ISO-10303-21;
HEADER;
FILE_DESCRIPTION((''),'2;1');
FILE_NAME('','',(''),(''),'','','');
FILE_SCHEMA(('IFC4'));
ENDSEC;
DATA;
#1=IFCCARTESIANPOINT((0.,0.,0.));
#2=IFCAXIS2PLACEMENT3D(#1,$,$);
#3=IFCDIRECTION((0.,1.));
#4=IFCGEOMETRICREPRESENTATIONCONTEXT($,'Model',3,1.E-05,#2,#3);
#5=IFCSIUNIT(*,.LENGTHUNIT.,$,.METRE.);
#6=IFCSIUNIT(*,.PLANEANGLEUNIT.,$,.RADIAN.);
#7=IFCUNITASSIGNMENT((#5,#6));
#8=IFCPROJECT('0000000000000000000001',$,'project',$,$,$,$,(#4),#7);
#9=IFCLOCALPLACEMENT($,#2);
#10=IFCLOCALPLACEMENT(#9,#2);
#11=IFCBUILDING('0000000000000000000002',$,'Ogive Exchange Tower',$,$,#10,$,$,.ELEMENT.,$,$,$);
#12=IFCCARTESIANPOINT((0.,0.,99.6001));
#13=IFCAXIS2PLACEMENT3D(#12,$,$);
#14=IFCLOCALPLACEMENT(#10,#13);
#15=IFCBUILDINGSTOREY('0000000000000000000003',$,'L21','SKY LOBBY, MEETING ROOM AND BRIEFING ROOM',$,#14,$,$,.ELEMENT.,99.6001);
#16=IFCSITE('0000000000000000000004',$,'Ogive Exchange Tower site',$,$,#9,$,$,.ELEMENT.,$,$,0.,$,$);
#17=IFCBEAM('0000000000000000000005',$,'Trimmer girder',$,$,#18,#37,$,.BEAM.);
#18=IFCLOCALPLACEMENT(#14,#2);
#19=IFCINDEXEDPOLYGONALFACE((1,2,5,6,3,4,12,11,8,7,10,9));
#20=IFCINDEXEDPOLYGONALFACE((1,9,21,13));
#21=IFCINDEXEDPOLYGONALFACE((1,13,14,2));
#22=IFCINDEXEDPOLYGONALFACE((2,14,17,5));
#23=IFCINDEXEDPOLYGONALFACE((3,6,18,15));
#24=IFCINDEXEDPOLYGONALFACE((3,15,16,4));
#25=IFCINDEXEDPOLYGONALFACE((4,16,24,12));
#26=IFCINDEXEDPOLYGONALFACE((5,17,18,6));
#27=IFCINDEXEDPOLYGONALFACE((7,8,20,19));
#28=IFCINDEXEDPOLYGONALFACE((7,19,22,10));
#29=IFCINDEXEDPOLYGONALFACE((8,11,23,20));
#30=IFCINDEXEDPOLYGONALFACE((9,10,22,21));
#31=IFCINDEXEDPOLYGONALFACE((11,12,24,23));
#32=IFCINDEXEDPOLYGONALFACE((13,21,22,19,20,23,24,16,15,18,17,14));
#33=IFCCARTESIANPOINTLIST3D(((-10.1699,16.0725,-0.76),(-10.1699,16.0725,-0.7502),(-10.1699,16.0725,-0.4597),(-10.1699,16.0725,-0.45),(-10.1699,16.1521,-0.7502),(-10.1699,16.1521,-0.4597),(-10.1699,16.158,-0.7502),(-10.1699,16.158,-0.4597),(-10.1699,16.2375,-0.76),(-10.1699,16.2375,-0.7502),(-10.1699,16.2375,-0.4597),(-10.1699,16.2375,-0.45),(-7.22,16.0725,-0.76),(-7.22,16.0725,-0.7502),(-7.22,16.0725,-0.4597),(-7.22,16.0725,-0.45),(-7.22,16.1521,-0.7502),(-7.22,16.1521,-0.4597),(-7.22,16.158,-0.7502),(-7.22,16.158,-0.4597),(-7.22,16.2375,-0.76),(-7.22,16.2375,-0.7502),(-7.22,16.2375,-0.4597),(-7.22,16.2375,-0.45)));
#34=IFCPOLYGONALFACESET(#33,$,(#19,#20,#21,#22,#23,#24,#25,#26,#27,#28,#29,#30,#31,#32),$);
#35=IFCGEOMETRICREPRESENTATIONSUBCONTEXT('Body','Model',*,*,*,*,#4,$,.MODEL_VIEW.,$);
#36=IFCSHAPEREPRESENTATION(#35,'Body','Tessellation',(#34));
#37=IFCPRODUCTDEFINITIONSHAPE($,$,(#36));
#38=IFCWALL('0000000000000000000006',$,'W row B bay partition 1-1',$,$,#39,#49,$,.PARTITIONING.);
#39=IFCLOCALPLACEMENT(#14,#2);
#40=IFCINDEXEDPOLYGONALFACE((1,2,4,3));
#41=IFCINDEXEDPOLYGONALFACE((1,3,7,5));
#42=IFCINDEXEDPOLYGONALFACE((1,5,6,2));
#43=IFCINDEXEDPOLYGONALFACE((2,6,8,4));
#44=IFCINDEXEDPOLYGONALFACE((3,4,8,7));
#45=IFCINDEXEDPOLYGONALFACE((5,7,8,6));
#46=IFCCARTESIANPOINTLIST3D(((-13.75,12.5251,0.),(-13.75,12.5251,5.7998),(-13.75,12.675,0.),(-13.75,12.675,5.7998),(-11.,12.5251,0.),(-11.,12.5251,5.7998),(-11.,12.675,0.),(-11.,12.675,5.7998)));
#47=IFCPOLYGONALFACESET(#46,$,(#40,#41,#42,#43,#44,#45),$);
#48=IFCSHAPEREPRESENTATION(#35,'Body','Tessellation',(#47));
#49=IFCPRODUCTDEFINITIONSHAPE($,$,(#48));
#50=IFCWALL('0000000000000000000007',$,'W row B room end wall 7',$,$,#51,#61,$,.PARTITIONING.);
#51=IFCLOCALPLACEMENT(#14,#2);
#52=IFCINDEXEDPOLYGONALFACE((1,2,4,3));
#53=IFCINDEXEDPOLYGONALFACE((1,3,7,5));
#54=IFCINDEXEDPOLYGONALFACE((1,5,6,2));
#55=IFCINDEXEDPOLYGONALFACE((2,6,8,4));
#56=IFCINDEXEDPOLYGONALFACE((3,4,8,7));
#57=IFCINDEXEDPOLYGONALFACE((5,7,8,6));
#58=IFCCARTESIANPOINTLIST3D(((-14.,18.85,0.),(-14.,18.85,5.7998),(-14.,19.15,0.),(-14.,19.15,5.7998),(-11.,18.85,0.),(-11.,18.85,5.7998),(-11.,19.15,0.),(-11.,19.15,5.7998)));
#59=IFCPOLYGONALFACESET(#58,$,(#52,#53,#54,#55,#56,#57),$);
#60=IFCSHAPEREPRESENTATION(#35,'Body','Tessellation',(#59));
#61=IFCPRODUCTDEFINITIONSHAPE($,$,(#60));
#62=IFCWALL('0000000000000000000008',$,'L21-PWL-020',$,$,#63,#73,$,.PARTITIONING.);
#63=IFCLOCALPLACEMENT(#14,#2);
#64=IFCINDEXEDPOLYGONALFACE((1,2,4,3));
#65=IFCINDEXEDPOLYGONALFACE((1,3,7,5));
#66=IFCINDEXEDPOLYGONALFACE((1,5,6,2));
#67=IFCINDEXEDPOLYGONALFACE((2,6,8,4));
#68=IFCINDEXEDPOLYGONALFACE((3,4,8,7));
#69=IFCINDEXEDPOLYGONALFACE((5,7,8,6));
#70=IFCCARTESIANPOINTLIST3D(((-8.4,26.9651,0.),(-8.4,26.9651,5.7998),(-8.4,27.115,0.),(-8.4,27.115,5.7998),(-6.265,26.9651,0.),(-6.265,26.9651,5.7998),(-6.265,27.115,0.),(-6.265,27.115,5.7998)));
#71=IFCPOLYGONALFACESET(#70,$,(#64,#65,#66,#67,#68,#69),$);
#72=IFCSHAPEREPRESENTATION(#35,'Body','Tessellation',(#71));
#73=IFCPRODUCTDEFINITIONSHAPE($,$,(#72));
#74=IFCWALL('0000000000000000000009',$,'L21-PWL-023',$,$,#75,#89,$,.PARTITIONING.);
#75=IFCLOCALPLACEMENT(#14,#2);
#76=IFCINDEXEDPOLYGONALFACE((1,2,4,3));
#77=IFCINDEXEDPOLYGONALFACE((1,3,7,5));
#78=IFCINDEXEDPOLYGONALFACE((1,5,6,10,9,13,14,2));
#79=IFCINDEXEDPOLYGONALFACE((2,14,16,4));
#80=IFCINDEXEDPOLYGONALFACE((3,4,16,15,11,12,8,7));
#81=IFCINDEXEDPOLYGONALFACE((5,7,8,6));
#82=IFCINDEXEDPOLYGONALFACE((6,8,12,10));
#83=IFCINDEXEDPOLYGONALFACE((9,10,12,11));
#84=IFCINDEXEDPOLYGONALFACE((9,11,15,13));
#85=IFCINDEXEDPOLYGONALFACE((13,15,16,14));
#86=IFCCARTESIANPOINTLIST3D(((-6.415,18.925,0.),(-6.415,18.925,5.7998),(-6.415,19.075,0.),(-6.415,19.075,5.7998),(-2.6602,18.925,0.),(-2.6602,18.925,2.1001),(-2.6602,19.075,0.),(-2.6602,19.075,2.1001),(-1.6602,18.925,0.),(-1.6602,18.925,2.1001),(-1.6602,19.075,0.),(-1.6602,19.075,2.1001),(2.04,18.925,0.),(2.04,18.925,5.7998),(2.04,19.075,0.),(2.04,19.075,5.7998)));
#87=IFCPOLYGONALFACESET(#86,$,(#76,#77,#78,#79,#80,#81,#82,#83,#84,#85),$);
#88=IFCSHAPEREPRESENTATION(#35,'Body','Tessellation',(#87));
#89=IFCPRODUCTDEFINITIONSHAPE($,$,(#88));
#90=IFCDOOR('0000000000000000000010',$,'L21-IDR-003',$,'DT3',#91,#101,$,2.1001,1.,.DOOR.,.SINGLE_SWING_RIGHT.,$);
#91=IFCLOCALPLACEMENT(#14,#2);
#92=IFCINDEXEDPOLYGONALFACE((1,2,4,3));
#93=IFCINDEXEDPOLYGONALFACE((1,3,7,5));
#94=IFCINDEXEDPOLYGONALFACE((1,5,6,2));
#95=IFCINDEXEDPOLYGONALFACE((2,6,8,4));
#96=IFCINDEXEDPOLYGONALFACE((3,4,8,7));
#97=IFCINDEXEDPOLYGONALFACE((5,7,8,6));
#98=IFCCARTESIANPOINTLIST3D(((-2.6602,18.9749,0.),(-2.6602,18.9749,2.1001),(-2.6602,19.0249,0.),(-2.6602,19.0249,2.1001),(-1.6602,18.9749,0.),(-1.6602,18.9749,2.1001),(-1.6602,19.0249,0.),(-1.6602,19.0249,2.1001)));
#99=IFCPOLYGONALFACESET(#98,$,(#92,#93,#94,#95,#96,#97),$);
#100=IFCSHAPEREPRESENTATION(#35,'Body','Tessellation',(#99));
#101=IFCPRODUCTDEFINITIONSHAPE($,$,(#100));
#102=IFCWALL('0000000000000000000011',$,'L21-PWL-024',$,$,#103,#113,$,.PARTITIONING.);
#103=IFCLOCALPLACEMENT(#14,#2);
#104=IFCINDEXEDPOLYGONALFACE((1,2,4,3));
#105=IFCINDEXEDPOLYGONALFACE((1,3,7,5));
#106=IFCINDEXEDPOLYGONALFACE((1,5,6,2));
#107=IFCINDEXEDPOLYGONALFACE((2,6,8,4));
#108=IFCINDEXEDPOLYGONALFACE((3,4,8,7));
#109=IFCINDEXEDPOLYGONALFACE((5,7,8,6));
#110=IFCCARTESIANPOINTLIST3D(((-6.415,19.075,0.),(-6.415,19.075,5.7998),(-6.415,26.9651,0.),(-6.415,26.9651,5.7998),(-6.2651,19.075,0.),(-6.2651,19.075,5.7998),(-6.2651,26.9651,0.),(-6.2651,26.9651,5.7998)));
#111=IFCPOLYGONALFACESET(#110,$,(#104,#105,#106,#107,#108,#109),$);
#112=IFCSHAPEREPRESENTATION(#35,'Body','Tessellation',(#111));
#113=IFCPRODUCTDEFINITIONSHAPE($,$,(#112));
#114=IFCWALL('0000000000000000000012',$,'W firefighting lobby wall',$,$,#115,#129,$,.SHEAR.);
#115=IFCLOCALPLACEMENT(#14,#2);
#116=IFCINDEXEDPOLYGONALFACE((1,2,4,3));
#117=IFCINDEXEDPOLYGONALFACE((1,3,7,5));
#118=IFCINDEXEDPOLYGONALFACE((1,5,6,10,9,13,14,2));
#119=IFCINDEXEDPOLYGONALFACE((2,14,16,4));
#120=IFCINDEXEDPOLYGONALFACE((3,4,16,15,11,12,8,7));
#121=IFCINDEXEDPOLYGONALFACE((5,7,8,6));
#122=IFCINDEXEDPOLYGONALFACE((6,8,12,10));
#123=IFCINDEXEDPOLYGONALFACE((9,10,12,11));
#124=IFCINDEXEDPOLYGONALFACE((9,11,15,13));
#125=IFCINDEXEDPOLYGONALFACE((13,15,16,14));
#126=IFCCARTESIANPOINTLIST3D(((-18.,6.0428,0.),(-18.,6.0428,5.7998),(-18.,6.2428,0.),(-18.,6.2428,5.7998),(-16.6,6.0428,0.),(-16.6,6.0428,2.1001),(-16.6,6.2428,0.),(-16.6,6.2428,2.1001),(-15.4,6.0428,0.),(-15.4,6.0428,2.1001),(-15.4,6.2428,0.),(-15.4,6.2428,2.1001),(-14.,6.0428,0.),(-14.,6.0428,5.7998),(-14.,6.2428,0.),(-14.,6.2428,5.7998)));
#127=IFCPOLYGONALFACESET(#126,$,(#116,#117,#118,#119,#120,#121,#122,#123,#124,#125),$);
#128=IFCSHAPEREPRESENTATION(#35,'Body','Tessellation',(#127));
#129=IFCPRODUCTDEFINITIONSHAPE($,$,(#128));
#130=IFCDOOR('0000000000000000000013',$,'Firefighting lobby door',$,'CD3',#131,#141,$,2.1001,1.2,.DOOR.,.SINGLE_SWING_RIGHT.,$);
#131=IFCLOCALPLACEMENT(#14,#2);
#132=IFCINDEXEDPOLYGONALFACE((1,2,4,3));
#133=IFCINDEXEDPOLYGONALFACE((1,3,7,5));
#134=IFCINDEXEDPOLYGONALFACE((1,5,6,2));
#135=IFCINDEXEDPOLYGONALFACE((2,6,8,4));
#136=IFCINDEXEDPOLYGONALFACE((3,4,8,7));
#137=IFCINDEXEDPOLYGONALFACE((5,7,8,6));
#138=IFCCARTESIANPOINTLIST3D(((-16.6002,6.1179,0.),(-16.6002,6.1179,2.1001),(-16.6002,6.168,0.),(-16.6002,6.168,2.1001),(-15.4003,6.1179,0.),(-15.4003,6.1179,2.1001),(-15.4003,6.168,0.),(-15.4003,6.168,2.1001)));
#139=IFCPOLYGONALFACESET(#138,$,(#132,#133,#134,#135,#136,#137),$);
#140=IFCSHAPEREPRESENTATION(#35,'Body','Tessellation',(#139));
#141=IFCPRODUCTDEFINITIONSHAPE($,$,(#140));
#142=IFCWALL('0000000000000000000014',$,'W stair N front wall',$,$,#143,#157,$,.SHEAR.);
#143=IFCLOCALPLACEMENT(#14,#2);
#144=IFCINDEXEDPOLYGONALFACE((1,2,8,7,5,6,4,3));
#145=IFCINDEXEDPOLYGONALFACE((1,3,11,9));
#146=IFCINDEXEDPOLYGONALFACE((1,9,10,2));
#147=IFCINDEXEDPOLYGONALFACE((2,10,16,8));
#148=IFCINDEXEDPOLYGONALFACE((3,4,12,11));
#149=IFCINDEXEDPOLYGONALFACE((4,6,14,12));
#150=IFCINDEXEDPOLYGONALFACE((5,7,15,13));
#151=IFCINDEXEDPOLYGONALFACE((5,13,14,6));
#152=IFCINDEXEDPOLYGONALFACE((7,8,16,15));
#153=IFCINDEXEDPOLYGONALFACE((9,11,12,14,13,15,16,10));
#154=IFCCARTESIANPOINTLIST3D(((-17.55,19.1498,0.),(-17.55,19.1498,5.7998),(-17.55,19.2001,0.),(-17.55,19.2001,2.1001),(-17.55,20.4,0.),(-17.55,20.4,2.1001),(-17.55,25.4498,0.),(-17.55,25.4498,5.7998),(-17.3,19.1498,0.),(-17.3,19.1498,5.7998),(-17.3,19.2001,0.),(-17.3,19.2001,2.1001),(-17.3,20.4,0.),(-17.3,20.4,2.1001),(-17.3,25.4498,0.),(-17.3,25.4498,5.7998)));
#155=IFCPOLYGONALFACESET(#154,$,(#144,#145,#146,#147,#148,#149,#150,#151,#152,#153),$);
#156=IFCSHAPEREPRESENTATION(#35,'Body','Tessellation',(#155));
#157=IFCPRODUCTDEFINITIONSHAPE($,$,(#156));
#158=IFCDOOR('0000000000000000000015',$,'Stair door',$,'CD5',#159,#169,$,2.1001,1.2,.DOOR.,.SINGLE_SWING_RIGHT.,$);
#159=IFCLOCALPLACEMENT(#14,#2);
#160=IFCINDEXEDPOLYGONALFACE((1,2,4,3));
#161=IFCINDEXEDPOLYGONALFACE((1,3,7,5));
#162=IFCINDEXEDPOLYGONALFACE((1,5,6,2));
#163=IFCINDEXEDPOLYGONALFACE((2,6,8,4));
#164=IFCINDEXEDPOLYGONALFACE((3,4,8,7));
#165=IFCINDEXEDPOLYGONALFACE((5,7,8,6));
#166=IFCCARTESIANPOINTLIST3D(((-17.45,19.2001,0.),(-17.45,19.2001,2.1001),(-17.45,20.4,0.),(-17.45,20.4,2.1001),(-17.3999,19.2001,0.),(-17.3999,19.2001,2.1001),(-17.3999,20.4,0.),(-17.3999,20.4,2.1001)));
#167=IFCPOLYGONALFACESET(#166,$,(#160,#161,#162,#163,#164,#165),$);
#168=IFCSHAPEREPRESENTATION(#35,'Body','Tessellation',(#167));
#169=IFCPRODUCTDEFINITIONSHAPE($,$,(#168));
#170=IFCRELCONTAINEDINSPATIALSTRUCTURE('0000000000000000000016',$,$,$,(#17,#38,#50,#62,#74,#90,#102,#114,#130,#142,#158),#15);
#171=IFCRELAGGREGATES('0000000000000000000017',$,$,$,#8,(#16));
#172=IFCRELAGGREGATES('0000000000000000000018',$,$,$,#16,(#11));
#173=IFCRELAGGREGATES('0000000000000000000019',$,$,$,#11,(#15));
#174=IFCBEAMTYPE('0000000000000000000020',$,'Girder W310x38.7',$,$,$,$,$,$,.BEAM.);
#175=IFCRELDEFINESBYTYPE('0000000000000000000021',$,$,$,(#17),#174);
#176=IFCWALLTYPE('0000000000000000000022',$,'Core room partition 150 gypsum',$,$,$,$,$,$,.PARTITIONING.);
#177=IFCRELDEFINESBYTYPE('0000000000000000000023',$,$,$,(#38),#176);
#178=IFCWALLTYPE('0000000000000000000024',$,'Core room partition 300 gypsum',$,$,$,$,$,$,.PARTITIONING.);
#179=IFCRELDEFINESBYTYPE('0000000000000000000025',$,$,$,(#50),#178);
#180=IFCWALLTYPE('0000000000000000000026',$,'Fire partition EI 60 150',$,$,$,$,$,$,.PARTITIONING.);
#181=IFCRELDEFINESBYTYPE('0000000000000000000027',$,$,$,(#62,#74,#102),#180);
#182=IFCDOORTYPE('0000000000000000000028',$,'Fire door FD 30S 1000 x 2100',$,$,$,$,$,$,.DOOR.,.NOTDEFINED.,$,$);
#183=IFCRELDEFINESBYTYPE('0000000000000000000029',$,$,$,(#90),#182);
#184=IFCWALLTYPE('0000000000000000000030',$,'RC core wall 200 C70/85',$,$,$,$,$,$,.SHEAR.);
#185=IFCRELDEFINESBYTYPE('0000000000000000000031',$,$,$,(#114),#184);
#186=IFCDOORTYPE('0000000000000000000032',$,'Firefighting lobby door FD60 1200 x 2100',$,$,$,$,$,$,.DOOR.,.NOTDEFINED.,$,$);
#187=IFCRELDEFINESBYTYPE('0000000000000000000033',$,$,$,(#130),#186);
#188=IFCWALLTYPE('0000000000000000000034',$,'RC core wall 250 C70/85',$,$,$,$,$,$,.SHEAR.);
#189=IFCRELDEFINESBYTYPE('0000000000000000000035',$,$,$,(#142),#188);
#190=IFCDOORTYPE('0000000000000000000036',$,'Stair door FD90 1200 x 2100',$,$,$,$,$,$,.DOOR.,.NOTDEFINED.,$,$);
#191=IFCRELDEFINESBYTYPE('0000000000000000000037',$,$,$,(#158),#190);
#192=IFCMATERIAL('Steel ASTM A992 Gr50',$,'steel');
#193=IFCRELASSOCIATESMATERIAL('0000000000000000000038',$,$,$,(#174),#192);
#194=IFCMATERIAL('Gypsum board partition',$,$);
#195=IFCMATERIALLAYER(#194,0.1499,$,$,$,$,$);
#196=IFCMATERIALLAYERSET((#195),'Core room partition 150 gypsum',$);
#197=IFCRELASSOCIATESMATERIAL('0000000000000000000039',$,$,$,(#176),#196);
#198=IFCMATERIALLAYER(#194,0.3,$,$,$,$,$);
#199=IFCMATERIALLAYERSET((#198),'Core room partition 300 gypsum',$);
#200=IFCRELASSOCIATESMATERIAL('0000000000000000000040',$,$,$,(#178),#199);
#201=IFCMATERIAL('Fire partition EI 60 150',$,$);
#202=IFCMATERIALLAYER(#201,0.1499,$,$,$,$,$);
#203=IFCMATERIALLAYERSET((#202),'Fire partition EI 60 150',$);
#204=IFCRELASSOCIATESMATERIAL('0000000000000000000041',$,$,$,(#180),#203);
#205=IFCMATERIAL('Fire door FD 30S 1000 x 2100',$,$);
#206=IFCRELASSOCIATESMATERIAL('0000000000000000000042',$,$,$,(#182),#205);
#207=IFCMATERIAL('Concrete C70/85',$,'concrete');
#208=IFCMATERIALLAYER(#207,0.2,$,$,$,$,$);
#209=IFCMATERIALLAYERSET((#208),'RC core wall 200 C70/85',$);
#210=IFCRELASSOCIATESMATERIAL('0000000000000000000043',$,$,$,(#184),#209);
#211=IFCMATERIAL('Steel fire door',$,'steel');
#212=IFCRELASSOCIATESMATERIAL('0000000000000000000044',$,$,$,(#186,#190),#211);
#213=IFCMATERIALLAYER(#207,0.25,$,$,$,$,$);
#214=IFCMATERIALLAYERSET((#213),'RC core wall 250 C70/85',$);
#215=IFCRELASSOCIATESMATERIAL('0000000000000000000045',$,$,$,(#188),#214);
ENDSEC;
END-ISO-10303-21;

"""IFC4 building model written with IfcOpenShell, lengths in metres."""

from ifc_helpers import new_model, si_unit, direction, frame, frame_2d, origin, origin_2d, place, context, subcontext, project, spatial, rectangle, i_section, extrude, material, layer, layer_set, material_profile, profile_set, type_object, element, fill, save


model = new_model("IFC4")

# Units and contexts
model_context = context("Model", 3, precision=1e-05, world=origin(), true_north=direction((0.0, 1.0)))
body_context = subcontext(model_context, "Body", "Model", "MODEL_VIEW")
ifc_project = project(units=[si_unit("LENGTHUNIT", "METRE"), si_unit("PLANEANGLEUNIT", "RADIAN")], contexts=[model_context])

# Site, building, storey
site_placement = place(None, origin())
site = spatial("IfcSite", under=ifc_project, at=site_placement, Name="Ogive Exchange Tower site", CompositionType="ELEMENT", RefElevation=0.0)
building_placement = place(site_placement, origin())
building = spatial("IfcBuilding", under=site, at=building_placement, Name="Ogive Exchange Tower", CompositionType="ELEMENT")
storey_placement = place(building_placement, frame((0.0, 0.0, 99.6001)))
storey = spatial("IfcBuildingStorey", under=building, at=storey_placement, Name="L21", Description="SKY LOBBY, MEETING ROOM AND BRIEFING ROOM", CompositionType="ELEMENT", Elevation=99.6001)

# Beam
ifc_material_1 = material(Name="Steel ASTM A992 Gr50", Category="steel")
ifc_material_profile_1 = material_profile(ifc_material_1, i_section(OverallWidth=0.165, OverallDepth=0.3101, WebThickness=0.0059, FlangeThickness=0.0098, at=origin_2d()), Name="W310x38.7")
ifc_profile_set_1 = profile_set([ifc_material_profile_1], Name="Steel ASTM A992 Gr50")
beam_type_1 = type_object("IfcBeamType", Name="Girder W310x38.7", PredefinedType="BEAM", material=ifc_profile_set_1)
beam_1_placement = place(storey_placement, frame((-10.1699, 16.155, -0.605), z_axis=(1.0, 0.0, 0.0), x_axis=(0.0, 1.0, 0.0)))
element("IfcBeam", 1, at=beam_1_placement, inside=storey, type_object=beam_type_1, Name="Trimmer girder", PredefinedType="BEAM", context=body_context, shape_type="SweptSolid", body=[
    extrude(i_section(OverallWidth=0.165, OverallDepth=0.3101, WebThickness=0.0059, FlangeThickness=0.0098, at=origin_2d()), origin(), (0.0, 0.0, 1.0), 2.95),
])

# Walls
ifc_material_2 = material(Name="Gypsum board partition")
ifc_layer_1 = layer(ifc_material_2, 0.1499)
ifc_layer_set_1 = layer_set([ifc_layer_1], Name="Core room partition 150 gypsum")
wall_type_1 = type_object("IfcWallType", Name="Core room partition 150 gypsum", PredefinedType="PARTITIONING", material=ifc_layer_set_1)
wall_1_placement = place(storey_placement, frame((-13.75, 12.6001, 0.0), z_axis=(0.0, 0.0, 1.0), x_axis=(1.0, 0.0, 0.0)))
element("IfcWall", 2, at=wall_1_placement, inside=storey, type_object=wall_type_1, Name="W row B bay partition 1-1", PredefinedType="PARTITIONING", context=body_context, shape_type="SweptSolid", body=[
    extrude(rectangle(XDim=2.75, YDim=0.1499, at=frame_2d((1.375, 0.0))), origin(), (0.0, 0.0, 1.0), 5.7998),
])
ifc_layer_2 = layer(ifc_material_2, 0.3)
ifc_layer_set_2 = layer_set([ifc_layer_2], Name="Core room partition 300 gypsum")
wall_type_2 = type_object("IfcWallType", Name="Core room partition 300 gypsum", PredefinedType="PARTITIONING", material=ifc_layer_set_2)
wall_2_placement = place(storey_placement, frame((-14.0, 19.0, 0.0), z_axis=(0.0, 0.0, 1.0), x_axis=(1.0, 0.0, 0.0)))
element("IfcWall", 3, at=wall_2_placement, inside=storey, type_object=wall_type_2, Name="W row B room end wall 7", PredefinedType="PARTITIONING", context=body_context, shape_type="SweptSolid", body=[
    extrude(rectangle(XDim=3.0, YDim=0.3, at=frame_2d((1.5, 0.0))), origin(), (0.0, 0.0, 1.0), 5.7998),
])
ifc_material_3 = material(Name="Fire partition EI 60 150")
ifc_layer_3 = layer(ifc_material_3, 0.1499)
ifc_layer_set_3 = layer_set([ifc_layer_3], Name="Fire partition EI 60 150")
wall_type_3 = type_object("IfcWallType", Name="Fire partition EI 60 150", PredefinedType="PARTITIONING", material=ifc_layer_set_3)
wall_3_placement = place(storey_placement, frame((-8.3999, 27.04, 0.0), z_axis=(0.0, 0.0, 1.0), x_axis=(1.0, 0.0, 0.0)))
element("IfcWall", 4, at=wall_3_placement, inside=storey, type_object=wall_type_3, Name="L21-PWL-020", PredefinedType="PARTITIONING", context=body_context, shape_type="SweptSolid", body=[
    extrude(rectangle(XDim=2.135, YDim=0.1499, at=frame_2d((1.0674, 0.0))), origin(), (0.0, 0.0, 1.0), 5.7998),
])

# Wall, opening, door
wall_4_placement = place(storey_placement, frame((-6.415, 19.0, 0.0), z_axis=(0.0, 0.0, 1.0), x_axis=(1.0, 0.0, 0.0)))
wall_4 = element("IfcWall", 5, at=wall_4_placement, inside=storey, type_object=wall_type_3, Name="L21-PWL-023", PredefinedType="PARTITIONING", context=body_context, shape_type="SweptSolid", body=[
    extrude(rectangle(XDim=8.4551, YDim=0.1499, at=frame_2d((4.2275, 0.0))), origin(), (0.0, 0.0, 1.0), 5.7998),
])
opening_1_placement = place(wall_4_placement, frame((3.7549, 0.0, 0.0)))
opening_1 = element("IfcOpeningElement", 6, at=opening_1_placement, cuts=wall_4, PredefinedType="OPENING", context=body_context, shape_type="SweptSolid", body=[
    extrude(rectangle(XDim=1.0, YDim=2.1001, at=frame_2d((0.5, 1.05))), frame((0.0, 0.085, 0.0), z_axis=(0.0, -1.0, 0.0), x_axis=(1.0, 0.0, 0.0)), (0.0, 0.0, 1.0), 0.1699),
])
ifc_material_4 = material(Name="Fire door FD 30S 1000 x 2100")
door_type_1 = type_object("IfcDoorType", Name="Fire door FD 30S 1000 x 2100", OperationType="NOTDEFINED", PredefinedType="DOOR", material=ifc_material_4)
door_1_placement = place(opening_1_placement, origin())
door_1 = element("IfcDoor", 7, at=door_1_placement, inside=storey, type_object=door_type_1, Name="L21-IDR-003", ObjectType="DT3", OperationType="SINGLE_SWING_RIGHT", OverallHeight=2.1001, OverallWidth=1.0, PredefinedType="DOOR", context=body_context, shape_type="SweptSolid", body=[
    extrude(rectangle(XDim=1.0, YDim=2.1001, at=frame_2d((0.5, 1.05))), frame((0.0, 0.0249, 0.0), z_axis=(0.0, -1.0, 0.0), x_axis=(1.0, 0.0, 0.0)), (0.0, 0.0, 1.0), 0.05),
])
fill(opening_1, door_1)

# Wall
wall_5_placement = place(storey_placement, frame((-6.3401, 26.9651, 0.0), z_axis=(0.0, 0.0, 1.0), x_axis=(0.0, -1.0, 0.0)))
element("IfcWall", 8, at=wall_5_placement, inside=storey, type_object=wall_type_3, Name="L21-PWL-024", PredefinedType="PARTITIONING", context=body_context, shape_type="SweptSolid", body=[
    extrude(rectangle(XDim=7.8901, YDim=0.1499, at=frame_2d((3.9451, 0.0))), origin(), (0.0, 0.0, 1.0), 5.7998),
])

# Walls, openings, doors
ifc_material_5 = material(Name="Concrete C70/85", Category="concrete")
ifc_layer_4 = layer(ifc_material_5, 0.2)
ifc_layer_set_4 = layer_set([ifc_layer_4], Name="RC core wall 200 C70/85")
wall_type_4 = type_object("IfcWallType", Name="RC core wall 200 C70/85", PredefinedType="SHEAR", material=ifc_layer_set_4)
wall_6_placement = place(storey_placement, frame((-18.0, 6.1428, 0.0), z_axis=(0.0, 0.0, 1.0), x_axis=(1.0, 0.0, 0.0)))
wall_6 = element("IfcWall", 9, at=wall_6_placement, inside=storey, type_object=wall_type_4, Name="W firefighting lobby wall", PredefinedType="SHEAR", context=body_context, shape_type="SweptSolid", body=[
    extrude(rectangle(XDim=4.0, YDim=0.2, at=frame_2d((2.0, 0.0))), origin(), (0.0, 0.0, 1.0), 5.7998),
])
opening_2_placement = place(wall_6_placement, frame((1.3999, 0.0, 0.0)))
opening_2 = element("IfcOpeningElement", 10, at=opening_2_placement, cuts=wall_6, PredefinedType="OPENING", context=body_context, shape_type="SweptSolid", body=[
    extrude(rectangle(XDim=1.2, YDim=2.1001, at=frame_2d((0.6001, 1.05))), frame((0.0, 0.1099, 0.0), z_axis=(0.0, -1.0, 0.0), x_axis=(1.0, 0.0, 0.0)), (0.0, 0.0, 1.0), 0.22),
])
ifc_material_6 = material(Name="Steel fire door", Category="steel")
door_type_2 = type_object("IfcDoorType", Name="Firefighting lobby door FD60 1200 x 2100", OperationType="NOTDEFINED", PredefinedType="DOOR", material=ifc_material_6)
door_2_placement = place(opening_2_placement, frame((1.2, 0.0, 0.0), z_axis=(0.0, 0.0, 1.0), x_axis=(-1.0, 0.0, 0.0)))
door_2 = element("IfcDoor", 11, at=door_2_placement, inside=storey, type_object=door_type_2, Name="Firefighting lobby door", ObjectType="CD3", OperationType="SINGLE_SWING_RIGHT", OverallHeight=2.1001, OverallWidth=1.2, PredefinedType="DOOR", context=body_context, shape_type="SweptSolid", body=[
    extrude(rectangle(XDim=1.2, YDim=2.1001, at=frame_2d((0.6001, 1.05))), frame((0.0, 0.0249, 0.0), z_axis=(0.0, -1.0, 0.0), x_axis=(1.0, 0.0, 0.0)), (0.0, 0.0, 1.0), 0.05),
])
fill(opening_2, door_2)
ifc_layer_5 = layer(ifc_material_5, 0.25)
ifc_layer_set_5 = layer_set([ifc_layer_5], Name="RC core wall 250 C70/85")
wall_type_5 = type_object("IfcWallType", Name="RC core wall 250 C70/85", PredefinedType="SHEAR", material=ifc_layer_set_5)
wall_7_placement = place(storey_placement, frame((-17.425, 19.1499, 0.0), z_axis=(0.0, 0.0, 1.0), x_axis=(0.0, 1.0, 0.0)))
wall_7 = element("IfcWall", 12, at=wall_7_placement, inside=storey, type_object=wall_type_5, Name="W stair N front wall", PredefinedType="SHEAR", context=body_context, shape_type="SweptSolid", body=[
    extrude(rectangle(XDim=6.3, YDim=0.25, at=frame_2d((3.1499, 0.0))), origin(), (0.0, 0.0, 1.0), 5.7998),
])
opening_3_placement = place(wall_7_placement, frame((0.05, 0.0, 0.0)))
opening_3 = element("IfcOpeningElement", 13, at=opening_3_placement, cuts=wall_7, PredefinedType="OPENING", context=body_context, shape_type="SweptSolid", body=[
    extrude(rectangle(XDim=1.2, YDim=2.1001, at=frame_2d((0.6001, 1.05))), frame((0.0, 0.135, 0.0), z_axis=(0.0, -1.0, 0.0), x_axis=(1.0, 0.0, 0.0)), (0.0, 0.0, 1.0), 0.27),
])
door_type_3 = type_object("IfcDoorType", Name="Stair door FD90 1200 x 2100", OperationType="NOTDEFINED", PredefinedType="DOOR", material=ifc_material_6)
door_3_placement = place(opening_3_placement, origin())
door_3 = element("IfcDoor", 14, at=door_3_placement, inside=storey, type_object=door_type_3, Name="Stair door", ObjectType="CD5", OperationType="SINGLE_SWING_RIGHT", OverallHeight=2.1001, OverallWidth=1.2, PredefinedType="DOOR", context=body_context, shape_type="SweptSolid", body=[
    extrude(rectangle(XDim=1.2, YDim=2.1001, at=frame_2d((0.6001, 1.05))), frame((0.0, 0.0249, 0.0), z_axis=(0.0, -1.0, 0.0), x_axis=(1.0, 0.0, 0.0)), (0.0, 0.0, 1.0), 0.05),
])
fill(opening_3, door_3)

save(model, "model.ifc")
